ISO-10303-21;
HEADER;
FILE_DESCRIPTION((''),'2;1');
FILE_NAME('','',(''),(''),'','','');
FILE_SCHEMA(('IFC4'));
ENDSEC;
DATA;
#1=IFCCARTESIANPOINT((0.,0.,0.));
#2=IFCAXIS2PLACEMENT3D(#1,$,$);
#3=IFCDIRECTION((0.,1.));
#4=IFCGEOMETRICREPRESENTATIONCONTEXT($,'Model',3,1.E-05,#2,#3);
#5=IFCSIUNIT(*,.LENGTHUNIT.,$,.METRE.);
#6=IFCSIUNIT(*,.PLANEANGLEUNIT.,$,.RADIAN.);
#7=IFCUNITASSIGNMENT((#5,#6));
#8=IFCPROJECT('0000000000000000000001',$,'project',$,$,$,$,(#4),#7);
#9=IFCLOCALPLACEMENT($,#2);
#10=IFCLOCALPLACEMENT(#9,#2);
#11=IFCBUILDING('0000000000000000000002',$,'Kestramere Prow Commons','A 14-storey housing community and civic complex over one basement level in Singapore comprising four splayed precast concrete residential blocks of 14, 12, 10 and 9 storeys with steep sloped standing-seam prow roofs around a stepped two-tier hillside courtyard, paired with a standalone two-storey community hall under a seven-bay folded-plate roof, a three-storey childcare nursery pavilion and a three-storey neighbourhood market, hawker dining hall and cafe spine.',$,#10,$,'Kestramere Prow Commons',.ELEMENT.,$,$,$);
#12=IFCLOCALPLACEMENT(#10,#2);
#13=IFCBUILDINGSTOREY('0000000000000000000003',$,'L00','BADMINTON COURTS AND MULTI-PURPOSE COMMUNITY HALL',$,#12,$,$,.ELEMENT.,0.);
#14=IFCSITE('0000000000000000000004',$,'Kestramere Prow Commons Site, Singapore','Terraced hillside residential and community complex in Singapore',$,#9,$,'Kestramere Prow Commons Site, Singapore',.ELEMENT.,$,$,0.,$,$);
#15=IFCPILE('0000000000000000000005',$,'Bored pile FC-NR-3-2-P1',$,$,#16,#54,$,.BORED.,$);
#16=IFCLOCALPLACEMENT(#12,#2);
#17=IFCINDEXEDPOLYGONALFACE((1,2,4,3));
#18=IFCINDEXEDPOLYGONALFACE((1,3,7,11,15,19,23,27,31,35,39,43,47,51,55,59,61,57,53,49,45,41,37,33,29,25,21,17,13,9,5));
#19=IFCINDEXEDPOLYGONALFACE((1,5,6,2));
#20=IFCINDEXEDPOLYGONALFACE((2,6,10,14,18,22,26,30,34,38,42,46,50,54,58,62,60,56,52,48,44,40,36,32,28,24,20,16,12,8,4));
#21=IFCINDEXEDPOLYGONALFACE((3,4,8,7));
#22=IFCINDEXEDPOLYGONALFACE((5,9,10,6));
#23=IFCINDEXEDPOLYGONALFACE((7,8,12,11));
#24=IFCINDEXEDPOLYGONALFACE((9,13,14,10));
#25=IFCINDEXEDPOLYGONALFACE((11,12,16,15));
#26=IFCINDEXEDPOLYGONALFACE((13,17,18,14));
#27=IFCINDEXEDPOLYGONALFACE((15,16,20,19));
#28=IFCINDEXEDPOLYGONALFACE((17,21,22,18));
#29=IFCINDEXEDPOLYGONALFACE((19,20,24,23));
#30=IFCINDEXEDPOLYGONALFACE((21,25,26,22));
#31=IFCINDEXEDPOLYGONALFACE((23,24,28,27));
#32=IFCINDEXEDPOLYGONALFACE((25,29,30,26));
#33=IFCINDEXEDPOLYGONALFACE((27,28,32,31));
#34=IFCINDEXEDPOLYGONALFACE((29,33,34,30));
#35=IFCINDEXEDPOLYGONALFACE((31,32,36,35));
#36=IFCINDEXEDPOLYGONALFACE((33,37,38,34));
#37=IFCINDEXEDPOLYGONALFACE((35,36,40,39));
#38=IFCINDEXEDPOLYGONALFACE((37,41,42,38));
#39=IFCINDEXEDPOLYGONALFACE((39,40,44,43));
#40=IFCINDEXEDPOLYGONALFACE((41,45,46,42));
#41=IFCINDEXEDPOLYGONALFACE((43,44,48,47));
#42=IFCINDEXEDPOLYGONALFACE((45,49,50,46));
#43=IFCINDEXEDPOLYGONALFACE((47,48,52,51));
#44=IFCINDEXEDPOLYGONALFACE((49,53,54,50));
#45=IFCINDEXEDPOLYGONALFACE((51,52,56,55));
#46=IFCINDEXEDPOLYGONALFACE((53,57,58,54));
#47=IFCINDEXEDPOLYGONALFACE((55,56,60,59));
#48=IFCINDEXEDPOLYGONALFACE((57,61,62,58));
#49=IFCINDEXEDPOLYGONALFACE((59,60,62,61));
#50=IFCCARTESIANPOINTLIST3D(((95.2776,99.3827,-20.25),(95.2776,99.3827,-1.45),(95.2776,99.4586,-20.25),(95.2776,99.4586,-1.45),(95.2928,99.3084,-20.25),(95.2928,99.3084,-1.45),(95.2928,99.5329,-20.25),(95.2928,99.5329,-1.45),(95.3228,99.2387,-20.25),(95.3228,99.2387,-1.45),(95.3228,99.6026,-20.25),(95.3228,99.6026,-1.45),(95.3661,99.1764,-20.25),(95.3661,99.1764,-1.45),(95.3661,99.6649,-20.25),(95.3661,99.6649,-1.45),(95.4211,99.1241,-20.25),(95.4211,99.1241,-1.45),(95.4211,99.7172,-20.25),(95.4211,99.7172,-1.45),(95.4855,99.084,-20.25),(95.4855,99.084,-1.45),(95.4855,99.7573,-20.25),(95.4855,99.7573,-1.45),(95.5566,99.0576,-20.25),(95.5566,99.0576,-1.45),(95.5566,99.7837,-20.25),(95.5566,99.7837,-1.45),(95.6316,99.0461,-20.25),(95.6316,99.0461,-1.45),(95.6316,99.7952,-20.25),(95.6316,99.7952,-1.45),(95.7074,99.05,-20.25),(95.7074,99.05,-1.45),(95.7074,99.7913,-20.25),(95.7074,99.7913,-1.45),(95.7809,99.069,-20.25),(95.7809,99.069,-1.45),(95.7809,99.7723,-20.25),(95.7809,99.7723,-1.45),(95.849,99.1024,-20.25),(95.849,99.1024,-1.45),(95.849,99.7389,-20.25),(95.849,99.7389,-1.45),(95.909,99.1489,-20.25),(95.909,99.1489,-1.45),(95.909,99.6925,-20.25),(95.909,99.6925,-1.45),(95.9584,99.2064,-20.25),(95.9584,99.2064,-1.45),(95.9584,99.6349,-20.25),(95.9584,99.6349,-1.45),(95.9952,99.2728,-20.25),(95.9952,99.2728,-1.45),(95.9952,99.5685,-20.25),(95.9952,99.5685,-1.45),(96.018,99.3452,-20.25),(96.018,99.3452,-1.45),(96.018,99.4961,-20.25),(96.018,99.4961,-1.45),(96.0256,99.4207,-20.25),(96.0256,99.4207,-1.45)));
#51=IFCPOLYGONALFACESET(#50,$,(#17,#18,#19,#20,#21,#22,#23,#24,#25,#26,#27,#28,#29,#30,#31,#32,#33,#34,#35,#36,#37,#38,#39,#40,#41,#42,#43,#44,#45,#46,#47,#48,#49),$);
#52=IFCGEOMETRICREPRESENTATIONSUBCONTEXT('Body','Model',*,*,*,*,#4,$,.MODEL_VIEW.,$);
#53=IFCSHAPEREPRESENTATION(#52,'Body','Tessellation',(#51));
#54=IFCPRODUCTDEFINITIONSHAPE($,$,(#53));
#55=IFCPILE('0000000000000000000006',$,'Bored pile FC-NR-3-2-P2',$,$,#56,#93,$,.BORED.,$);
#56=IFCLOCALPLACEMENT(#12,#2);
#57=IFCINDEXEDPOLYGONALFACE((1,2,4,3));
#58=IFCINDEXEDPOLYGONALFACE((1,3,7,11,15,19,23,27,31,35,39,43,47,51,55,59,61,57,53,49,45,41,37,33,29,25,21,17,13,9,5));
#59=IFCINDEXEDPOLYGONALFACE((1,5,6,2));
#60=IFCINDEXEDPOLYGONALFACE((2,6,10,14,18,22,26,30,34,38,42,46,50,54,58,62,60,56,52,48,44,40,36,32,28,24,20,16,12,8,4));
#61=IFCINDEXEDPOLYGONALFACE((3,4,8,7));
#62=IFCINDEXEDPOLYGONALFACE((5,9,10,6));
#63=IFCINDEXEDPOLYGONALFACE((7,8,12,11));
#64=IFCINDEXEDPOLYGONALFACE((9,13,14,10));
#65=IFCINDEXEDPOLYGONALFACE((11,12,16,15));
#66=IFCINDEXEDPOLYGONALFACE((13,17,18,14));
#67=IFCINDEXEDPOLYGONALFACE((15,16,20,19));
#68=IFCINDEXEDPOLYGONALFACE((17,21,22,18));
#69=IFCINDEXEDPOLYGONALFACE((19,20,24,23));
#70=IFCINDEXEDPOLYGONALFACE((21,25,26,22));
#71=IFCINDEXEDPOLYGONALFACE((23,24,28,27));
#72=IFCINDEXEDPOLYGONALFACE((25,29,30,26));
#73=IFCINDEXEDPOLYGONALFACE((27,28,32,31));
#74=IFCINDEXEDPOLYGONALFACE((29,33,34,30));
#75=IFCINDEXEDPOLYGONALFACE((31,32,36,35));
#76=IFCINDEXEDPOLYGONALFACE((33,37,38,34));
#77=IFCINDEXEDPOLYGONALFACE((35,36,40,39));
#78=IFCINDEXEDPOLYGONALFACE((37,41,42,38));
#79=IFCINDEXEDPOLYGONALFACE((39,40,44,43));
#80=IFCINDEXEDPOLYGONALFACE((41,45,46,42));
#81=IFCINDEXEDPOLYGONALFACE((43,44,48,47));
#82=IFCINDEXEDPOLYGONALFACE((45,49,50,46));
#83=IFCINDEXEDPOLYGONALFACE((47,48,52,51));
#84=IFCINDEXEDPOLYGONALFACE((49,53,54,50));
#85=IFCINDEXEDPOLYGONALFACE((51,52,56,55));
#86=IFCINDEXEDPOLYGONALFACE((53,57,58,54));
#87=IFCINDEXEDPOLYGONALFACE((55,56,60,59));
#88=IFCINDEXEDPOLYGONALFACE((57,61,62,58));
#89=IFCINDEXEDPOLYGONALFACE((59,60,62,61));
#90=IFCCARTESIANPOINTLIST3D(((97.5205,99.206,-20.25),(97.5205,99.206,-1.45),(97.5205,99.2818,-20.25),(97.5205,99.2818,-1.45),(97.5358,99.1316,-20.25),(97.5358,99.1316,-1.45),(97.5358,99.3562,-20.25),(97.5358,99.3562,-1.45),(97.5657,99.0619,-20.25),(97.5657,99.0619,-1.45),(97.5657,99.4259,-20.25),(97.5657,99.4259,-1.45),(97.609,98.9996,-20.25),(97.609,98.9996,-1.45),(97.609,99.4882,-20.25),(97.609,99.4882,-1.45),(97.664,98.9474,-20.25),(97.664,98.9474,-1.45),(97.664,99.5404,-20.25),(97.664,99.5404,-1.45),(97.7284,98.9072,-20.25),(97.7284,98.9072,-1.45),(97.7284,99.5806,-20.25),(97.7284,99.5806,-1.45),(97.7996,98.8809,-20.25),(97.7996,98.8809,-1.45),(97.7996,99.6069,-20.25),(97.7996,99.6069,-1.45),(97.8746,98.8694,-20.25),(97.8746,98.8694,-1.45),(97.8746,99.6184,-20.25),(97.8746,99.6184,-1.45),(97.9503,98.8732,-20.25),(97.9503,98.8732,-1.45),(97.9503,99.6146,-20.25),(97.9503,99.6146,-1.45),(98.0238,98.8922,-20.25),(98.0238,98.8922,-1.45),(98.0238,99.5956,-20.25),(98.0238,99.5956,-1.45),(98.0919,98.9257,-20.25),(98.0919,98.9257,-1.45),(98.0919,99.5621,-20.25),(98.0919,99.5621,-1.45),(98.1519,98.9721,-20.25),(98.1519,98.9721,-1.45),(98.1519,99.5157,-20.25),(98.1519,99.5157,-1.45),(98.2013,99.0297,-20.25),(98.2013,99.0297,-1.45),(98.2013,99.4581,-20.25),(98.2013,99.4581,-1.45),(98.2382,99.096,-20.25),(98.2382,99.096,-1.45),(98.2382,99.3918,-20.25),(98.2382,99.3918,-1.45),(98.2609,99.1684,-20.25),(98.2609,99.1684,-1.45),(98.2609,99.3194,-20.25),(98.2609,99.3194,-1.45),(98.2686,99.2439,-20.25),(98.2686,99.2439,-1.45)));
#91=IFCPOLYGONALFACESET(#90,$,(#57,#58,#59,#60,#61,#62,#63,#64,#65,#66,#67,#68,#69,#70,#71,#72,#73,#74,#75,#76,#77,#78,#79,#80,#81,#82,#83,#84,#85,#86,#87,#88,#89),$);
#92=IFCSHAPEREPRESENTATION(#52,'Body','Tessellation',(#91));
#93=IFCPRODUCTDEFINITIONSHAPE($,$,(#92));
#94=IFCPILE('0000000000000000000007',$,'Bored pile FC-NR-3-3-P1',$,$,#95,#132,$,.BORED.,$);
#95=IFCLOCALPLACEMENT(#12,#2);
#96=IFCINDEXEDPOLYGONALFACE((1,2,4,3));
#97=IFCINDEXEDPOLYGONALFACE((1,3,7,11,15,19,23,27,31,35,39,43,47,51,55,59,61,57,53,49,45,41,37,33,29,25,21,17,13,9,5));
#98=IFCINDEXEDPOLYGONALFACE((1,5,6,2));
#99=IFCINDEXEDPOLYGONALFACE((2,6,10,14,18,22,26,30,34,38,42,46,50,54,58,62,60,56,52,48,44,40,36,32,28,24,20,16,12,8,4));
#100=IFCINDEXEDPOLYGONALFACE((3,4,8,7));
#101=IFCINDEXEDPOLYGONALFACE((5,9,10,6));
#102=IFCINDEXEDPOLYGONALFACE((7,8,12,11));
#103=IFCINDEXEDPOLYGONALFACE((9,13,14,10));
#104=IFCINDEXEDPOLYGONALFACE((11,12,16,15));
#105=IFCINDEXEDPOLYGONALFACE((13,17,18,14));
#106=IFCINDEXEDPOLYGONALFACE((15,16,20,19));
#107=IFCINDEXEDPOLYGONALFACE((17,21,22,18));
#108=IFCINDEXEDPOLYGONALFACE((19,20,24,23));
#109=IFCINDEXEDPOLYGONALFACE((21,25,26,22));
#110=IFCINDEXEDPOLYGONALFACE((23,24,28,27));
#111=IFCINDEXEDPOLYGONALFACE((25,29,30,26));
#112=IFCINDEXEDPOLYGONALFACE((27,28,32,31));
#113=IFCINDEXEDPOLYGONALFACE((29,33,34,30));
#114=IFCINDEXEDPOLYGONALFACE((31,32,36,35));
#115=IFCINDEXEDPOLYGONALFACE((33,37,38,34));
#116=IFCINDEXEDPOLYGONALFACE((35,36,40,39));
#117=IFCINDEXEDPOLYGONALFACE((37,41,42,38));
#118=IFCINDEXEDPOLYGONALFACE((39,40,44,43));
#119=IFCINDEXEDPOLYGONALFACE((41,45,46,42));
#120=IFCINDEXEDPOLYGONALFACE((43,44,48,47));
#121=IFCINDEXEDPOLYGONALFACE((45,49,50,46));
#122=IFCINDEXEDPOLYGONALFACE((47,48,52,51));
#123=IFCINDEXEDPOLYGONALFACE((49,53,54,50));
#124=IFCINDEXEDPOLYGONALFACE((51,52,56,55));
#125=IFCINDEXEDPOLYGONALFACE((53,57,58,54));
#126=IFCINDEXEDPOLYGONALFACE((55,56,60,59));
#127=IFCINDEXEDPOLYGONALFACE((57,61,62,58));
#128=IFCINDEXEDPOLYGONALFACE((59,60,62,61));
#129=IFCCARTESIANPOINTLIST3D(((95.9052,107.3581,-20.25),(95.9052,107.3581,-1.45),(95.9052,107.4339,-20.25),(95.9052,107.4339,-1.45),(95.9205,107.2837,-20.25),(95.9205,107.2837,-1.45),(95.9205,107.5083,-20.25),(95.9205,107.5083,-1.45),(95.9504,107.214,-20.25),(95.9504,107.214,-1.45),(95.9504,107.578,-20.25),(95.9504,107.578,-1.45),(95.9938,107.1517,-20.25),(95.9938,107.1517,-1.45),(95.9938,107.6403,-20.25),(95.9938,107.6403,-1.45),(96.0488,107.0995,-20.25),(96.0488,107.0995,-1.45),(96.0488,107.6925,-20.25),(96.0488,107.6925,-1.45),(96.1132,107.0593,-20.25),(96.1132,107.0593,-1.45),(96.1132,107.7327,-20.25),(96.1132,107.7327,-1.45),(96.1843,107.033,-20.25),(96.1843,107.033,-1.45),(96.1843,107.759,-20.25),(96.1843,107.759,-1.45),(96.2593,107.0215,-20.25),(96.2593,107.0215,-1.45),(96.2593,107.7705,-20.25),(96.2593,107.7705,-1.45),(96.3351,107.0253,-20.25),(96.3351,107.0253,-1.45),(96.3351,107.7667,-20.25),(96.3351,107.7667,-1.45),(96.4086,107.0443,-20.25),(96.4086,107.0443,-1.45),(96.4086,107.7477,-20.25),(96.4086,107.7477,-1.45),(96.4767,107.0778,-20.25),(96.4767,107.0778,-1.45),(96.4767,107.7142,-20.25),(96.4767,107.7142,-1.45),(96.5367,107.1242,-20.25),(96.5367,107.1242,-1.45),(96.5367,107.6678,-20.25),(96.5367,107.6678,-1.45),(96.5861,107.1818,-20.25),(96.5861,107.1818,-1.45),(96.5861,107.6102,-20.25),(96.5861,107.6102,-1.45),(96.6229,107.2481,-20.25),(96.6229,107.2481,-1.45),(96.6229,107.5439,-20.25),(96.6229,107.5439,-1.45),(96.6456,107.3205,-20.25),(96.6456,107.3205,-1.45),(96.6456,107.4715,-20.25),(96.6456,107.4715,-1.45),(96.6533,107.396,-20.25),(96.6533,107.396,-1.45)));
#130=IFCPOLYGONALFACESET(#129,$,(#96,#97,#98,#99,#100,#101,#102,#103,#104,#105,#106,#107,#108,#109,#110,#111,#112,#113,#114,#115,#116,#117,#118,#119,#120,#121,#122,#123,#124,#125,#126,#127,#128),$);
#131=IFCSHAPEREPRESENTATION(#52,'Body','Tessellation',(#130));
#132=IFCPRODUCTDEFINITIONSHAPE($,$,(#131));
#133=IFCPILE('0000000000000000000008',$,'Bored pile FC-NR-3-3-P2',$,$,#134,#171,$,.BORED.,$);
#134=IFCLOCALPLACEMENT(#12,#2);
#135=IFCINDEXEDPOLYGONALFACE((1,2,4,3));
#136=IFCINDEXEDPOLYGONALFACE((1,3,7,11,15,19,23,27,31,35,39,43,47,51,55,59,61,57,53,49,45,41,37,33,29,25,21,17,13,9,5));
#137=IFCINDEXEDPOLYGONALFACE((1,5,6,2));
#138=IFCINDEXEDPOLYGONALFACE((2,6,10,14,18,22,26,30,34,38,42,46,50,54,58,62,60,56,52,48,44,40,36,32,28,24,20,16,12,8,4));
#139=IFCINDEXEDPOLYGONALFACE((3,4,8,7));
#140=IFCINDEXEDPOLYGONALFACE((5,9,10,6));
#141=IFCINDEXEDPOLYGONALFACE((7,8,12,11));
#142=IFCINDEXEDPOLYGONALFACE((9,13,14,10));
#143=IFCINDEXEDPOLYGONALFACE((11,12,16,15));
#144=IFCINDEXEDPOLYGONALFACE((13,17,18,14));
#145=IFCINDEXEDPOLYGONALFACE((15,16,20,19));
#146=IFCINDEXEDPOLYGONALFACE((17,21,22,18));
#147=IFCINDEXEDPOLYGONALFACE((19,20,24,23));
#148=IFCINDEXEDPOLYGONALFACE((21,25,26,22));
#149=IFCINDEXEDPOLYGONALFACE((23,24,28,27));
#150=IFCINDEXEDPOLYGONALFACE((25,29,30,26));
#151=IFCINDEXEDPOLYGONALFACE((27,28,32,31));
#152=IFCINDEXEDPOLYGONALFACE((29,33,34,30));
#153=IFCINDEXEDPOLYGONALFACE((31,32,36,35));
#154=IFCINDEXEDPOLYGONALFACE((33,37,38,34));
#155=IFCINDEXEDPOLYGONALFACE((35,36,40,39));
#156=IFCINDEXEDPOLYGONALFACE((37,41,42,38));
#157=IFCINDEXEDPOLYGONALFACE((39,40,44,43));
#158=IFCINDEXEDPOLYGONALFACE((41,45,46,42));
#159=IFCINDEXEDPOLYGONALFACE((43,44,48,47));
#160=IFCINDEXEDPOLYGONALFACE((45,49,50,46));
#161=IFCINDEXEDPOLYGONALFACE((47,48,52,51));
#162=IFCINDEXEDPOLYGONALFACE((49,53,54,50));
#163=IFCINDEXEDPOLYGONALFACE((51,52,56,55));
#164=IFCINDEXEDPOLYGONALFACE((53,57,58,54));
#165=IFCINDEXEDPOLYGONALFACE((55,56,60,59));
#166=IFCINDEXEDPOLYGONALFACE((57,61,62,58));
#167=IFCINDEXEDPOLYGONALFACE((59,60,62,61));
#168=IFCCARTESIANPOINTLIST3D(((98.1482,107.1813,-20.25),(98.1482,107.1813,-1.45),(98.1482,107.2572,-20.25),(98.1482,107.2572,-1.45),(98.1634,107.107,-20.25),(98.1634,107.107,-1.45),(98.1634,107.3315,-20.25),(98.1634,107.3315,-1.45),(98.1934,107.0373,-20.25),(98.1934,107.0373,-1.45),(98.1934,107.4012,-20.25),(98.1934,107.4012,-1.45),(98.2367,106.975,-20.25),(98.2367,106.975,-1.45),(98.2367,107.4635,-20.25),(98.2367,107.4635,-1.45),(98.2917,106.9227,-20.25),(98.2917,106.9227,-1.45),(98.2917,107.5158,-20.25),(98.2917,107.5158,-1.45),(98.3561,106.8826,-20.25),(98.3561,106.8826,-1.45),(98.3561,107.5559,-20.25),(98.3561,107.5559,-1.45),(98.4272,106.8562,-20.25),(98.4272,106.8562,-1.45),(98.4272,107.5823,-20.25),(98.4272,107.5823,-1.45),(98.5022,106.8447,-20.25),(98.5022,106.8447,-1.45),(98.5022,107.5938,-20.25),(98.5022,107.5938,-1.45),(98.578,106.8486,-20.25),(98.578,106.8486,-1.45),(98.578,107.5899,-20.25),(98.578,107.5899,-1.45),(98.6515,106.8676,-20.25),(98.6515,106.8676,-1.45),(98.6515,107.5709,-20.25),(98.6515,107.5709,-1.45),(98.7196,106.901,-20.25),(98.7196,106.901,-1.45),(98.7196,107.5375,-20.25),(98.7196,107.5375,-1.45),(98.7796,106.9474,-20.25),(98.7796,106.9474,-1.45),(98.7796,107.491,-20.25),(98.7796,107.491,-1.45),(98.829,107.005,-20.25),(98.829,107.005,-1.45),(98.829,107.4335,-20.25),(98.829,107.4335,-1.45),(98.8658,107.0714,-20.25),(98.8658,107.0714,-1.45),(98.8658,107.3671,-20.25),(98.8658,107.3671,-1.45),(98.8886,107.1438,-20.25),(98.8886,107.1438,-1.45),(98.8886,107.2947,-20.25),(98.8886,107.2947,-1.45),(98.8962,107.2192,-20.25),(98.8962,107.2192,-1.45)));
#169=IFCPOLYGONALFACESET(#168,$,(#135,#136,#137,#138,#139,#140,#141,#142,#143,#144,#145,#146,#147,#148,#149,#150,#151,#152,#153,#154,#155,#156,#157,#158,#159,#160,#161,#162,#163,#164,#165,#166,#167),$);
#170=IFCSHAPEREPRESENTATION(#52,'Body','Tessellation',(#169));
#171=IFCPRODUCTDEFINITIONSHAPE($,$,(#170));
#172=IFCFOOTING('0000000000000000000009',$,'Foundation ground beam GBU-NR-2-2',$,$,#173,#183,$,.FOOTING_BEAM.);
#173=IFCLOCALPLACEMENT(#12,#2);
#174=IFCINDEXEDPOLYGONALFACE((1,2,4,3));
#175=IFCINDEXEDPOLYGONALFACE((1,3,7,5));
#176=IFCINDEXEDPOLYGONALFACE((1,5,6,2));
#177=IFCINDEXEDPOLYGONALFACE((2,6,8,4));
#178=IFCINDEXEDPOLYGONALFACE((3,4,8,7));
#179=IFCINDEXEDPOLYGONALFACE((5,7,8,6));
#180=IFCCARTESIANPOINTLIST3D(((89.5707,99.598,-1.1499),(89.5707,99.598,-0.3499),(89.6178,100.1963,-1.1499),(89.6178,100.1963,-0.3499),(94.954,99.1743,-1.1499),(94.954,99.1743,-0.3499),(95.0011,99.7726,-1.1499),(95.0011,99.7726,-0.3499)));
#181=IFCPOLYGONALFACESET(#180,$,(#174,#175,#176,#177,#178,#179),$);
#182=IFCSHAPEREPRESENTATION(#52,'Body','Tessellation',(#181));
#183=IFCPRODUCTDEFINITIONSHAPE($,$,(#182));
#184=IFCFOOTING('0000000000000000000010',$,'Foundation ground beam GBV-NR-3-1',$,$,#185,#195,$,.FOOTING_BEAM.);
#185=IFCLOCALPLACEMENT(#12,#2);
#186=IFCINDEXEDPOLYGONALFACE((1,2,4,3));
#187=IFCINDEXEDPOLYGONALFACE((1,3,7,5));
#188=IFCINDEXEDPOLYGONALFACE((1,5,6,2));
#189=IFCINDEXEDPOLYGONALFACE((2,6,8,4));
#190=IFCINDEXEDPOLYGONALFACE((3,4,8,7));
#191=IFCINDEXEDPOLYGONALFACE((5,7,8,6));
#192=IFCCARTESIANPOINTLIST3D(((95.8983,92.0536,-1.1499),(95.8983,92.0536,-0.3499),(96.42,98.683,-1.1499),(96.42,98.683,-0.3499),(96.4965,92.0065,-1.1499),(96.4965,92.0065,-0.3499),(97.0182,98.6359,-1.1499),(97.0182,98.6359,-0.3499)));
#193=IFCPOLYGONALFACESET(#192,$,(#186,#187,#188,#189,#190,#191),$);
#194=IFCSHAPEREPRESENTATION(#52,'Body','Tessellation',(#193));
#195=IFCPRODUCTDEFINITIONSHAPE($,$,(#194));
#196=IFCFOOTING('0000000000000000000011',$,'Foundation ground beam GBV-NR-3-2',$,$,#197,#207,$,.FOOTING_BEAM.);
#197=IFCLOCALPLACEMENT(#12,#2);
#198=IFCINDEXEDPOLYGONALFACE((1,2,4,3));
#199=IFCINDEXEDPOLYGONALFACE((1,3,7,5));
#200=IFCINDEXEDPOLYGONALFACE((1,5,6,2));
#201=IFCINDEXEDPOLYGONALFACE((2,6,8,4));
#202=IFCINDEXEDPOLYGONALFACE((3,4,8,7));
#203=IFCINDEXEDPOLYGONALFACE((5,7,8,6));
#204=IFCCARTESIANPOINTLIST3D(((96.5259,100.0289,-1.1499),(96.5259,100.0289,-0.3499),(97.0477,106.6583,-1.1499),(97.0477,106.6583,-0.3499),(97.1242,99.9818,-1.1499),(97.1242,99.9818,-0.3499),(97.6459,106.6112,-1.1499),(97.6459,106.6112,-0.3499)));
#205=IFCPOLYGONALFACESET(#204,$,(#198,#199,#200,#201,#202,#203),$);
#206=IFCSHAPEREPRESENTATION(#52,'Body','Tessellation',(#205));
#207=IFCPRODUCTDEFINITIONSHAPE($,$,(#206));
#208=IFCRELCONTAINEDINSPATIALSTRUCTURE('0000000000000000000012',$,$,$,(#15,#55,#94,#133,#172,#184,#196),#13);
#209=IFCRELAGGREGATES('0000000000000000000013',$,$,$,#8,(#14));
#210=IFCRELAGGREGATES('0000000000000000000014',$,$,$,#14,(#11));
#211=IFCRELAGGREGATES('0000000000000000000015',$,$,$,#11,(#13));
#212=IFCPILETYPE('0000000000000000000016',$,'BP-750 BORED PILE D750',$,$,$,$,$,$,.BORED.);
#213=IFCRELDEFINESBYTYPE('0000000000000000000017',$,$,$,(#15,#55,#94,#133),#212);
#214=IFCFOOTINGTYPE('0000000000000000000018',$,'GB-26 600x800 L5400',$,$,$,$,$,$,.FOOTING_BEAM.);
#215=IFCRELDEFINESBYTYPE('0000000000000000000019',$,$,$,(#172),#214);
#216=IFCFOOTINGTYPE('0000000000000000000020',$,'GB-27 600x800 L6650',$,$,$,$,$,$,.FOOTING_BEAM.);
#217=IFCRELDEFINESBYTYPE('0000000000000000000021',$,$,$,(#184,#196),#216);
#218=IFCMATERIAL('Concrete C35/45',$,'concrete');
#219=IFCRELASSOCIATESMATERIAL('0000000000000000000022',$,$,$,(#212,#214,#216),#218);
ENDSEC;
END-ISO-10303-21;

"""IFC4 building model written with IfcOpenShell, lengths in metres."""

from ifc_helpers import new_model, si_unit, direction, frame, origin, origin_2d, place, context, subcontext, project, spatial, rectangle, circle, extrude, material, material_profile, profile_set, type_object, element, save


model = new_model("IFC4")

# Units and contexts
model_context = context("Model", 3, precision=1e-05, world=origin(), true_north=direction((0.0, 1.0)))
body_context = subcontext(model_context, "Body", "Model", "MODEL_VIEW")
ifc_project = project(units=[si_unit("LENGTHUNIT", "METRE"), si_unit("PLANEANGLEUNIT", "RADIAN")], contexts=[model_context])

# Site, building, storey
site_placement = place(None, origin())
site = spatial("IfcSite", under=ifc_project, at=site_placement, Name="Kestramere Prow Commons Site, Singapore", Description="Terraced hillside residential and community complex in Singapore", LongName="Kestramere Prow Commons Site, Singapore", CompositionType="ELEMENT", RefElevation=0.0)
building_placement = place(site_placement, origin())
building = spatial("IfcBuilding", under=site, at=building_placement, Name="Kestramere Prow Commons", Description="A 14-storey housing community and civic complex over one basement level in Singapore comprising four splayed precast concrete residential blocks of 14, 12, 10 and 9 storeys with steep sloped standing-seam prow roofs around a stepped two-tier hillside courtyard, paired with a standalone two-storey community hall under a seven-bay folded-plate roof, a three-storey childcare nursery pavilion and a three-storey neighbourhood market, hawker dining hall and cafe spine.", LongName="Kestramere Prow Commons", CompositionType="ELEMENT")
storey_placement = place(building_placement, origin())
storey = spatial("IfcBuildingStorey", under=building, at=storey_placement, Name="L00", Description="BADMINTON COURTS AND MULTI-PURPOSE COMMUNITY HALL", CompositionType="ELEMENT", Elevation=0.0)

# Piles
ifc_material_1 = material(Name="Concrete C35/45", Category="concrete")
ifc_material_profile_1 = material_profile(ifc_material_1, circle(Radius=0.375, at=origin_2d()), Name="BORED PILE D750")
ifc_profile_set_1 = profile_set([ifc_material_profile_1], Name="Concrete C35/45")
pile_type = type_object("IfcPileType", Name="BP-750 BORED PILE D750", PredefinedType="BORED", material=ifc_profile_set_1)
for number, where, z_axis, x_axis, name in (
    (1, (95.6506, 99.4207, -1.45), (0.0, 0.0, -1.0), (1.0, 0.0, 0.0), "Bored pile FC-NR-3-2-P1"),
    (2, (97.8936, 99.2439, -1.45), (0.0, 0.0, -1.0), (1.0, 0.0, 0.0), "Bored pile FC-NR-3-2-P2"),
    (3, (96.2783, 107.396, -1.45), (0.0, 0.0, -1.0), (1.0, 0.0, 0.0), "Bored pile FC-NR-3-3-P1"),
    (4, (98.5212, 107.2192, -1.45), (0.0, 0.0, -1.0), (1.0, 0.0, 0.0), "Bored pile FC-NR-3-3-P2"),
):
    element("IfcPile", number, at=place(storey_placement, frame(where, z_axis=z_axis, x_axis=x_axis)), inside=storey, type_object=pile_type, Name=name, PredefinedType="BORED", context=body_context, shape_type="SweptSolid", body=[
        extrude(circle(Radius=0.375, at=origin_2d()), origin(), (0.0, 0.0, 1.0), 18.8),
    ])

# Footings
footing_type_1 = type_object("IfcFootingType", Name="GB-26 600x800 L5400", PredefinedType="FOOTING_BEAM", material=ifc_material_1)
footing_placement = place(storey_placement, frame((92.2859, 99.6853, -1.1499), z_axis=(0.0, 0.0, 1.0), x_axis=(0.996917, -0.078459, 0.0)))
element("IfcFooting", 5, at=footing_placement, inside=storey, type_object=footing_type_1, Name="Foundation ground beam GBU-NR-2-2", PredefinedType="FOOTING_BEAM", context=body_context, shape_type="SweptSolid", body=[
    extrude(rectangle(XDim=5.3999, YDim=0.6001, at=origin_2d()), origin(), (0.0, 0.0, 1.0), 0.8),
])
footing_type_2 = type_object("IfcFootingType", Name="GB-27 600x800 L6650", PredefinedType="FOOTING_BEAM", material=ifc_material_1)
for number, where, z_axis, x_axis, name in (
    (6, (96.4583, 95.3447, -1.1499), (0.0, 0.0, 1.0), (0.078459, 0.996917, 0.0), "Foundation ground beam GBV-NR-3-1"),
    (7, (97.0859, 103.3201, -1.1499), (0.0, 0.0, 1.0), (0.078459, 0.996917, 0.0), "Foundation ground beam GBV-NR-3-2"),
):
    element("IfcFooting", number, at=place(storey_placement, frame(where, z_axis=z_axis, x_axis=x_axis)), inside=storey, type_object=footing_type_2, Name=name, PredefinedType="FOOTING_BEAM", context=body_context, shape_type="SweptSolid", body=[
        extrude(rectangle(XDim=6.6499, YDim=0.6001, at=origin_2d()), origin(), (0.0, 0.0, 1.0), 0.8),
    ])

save(model, "model.ifc")
